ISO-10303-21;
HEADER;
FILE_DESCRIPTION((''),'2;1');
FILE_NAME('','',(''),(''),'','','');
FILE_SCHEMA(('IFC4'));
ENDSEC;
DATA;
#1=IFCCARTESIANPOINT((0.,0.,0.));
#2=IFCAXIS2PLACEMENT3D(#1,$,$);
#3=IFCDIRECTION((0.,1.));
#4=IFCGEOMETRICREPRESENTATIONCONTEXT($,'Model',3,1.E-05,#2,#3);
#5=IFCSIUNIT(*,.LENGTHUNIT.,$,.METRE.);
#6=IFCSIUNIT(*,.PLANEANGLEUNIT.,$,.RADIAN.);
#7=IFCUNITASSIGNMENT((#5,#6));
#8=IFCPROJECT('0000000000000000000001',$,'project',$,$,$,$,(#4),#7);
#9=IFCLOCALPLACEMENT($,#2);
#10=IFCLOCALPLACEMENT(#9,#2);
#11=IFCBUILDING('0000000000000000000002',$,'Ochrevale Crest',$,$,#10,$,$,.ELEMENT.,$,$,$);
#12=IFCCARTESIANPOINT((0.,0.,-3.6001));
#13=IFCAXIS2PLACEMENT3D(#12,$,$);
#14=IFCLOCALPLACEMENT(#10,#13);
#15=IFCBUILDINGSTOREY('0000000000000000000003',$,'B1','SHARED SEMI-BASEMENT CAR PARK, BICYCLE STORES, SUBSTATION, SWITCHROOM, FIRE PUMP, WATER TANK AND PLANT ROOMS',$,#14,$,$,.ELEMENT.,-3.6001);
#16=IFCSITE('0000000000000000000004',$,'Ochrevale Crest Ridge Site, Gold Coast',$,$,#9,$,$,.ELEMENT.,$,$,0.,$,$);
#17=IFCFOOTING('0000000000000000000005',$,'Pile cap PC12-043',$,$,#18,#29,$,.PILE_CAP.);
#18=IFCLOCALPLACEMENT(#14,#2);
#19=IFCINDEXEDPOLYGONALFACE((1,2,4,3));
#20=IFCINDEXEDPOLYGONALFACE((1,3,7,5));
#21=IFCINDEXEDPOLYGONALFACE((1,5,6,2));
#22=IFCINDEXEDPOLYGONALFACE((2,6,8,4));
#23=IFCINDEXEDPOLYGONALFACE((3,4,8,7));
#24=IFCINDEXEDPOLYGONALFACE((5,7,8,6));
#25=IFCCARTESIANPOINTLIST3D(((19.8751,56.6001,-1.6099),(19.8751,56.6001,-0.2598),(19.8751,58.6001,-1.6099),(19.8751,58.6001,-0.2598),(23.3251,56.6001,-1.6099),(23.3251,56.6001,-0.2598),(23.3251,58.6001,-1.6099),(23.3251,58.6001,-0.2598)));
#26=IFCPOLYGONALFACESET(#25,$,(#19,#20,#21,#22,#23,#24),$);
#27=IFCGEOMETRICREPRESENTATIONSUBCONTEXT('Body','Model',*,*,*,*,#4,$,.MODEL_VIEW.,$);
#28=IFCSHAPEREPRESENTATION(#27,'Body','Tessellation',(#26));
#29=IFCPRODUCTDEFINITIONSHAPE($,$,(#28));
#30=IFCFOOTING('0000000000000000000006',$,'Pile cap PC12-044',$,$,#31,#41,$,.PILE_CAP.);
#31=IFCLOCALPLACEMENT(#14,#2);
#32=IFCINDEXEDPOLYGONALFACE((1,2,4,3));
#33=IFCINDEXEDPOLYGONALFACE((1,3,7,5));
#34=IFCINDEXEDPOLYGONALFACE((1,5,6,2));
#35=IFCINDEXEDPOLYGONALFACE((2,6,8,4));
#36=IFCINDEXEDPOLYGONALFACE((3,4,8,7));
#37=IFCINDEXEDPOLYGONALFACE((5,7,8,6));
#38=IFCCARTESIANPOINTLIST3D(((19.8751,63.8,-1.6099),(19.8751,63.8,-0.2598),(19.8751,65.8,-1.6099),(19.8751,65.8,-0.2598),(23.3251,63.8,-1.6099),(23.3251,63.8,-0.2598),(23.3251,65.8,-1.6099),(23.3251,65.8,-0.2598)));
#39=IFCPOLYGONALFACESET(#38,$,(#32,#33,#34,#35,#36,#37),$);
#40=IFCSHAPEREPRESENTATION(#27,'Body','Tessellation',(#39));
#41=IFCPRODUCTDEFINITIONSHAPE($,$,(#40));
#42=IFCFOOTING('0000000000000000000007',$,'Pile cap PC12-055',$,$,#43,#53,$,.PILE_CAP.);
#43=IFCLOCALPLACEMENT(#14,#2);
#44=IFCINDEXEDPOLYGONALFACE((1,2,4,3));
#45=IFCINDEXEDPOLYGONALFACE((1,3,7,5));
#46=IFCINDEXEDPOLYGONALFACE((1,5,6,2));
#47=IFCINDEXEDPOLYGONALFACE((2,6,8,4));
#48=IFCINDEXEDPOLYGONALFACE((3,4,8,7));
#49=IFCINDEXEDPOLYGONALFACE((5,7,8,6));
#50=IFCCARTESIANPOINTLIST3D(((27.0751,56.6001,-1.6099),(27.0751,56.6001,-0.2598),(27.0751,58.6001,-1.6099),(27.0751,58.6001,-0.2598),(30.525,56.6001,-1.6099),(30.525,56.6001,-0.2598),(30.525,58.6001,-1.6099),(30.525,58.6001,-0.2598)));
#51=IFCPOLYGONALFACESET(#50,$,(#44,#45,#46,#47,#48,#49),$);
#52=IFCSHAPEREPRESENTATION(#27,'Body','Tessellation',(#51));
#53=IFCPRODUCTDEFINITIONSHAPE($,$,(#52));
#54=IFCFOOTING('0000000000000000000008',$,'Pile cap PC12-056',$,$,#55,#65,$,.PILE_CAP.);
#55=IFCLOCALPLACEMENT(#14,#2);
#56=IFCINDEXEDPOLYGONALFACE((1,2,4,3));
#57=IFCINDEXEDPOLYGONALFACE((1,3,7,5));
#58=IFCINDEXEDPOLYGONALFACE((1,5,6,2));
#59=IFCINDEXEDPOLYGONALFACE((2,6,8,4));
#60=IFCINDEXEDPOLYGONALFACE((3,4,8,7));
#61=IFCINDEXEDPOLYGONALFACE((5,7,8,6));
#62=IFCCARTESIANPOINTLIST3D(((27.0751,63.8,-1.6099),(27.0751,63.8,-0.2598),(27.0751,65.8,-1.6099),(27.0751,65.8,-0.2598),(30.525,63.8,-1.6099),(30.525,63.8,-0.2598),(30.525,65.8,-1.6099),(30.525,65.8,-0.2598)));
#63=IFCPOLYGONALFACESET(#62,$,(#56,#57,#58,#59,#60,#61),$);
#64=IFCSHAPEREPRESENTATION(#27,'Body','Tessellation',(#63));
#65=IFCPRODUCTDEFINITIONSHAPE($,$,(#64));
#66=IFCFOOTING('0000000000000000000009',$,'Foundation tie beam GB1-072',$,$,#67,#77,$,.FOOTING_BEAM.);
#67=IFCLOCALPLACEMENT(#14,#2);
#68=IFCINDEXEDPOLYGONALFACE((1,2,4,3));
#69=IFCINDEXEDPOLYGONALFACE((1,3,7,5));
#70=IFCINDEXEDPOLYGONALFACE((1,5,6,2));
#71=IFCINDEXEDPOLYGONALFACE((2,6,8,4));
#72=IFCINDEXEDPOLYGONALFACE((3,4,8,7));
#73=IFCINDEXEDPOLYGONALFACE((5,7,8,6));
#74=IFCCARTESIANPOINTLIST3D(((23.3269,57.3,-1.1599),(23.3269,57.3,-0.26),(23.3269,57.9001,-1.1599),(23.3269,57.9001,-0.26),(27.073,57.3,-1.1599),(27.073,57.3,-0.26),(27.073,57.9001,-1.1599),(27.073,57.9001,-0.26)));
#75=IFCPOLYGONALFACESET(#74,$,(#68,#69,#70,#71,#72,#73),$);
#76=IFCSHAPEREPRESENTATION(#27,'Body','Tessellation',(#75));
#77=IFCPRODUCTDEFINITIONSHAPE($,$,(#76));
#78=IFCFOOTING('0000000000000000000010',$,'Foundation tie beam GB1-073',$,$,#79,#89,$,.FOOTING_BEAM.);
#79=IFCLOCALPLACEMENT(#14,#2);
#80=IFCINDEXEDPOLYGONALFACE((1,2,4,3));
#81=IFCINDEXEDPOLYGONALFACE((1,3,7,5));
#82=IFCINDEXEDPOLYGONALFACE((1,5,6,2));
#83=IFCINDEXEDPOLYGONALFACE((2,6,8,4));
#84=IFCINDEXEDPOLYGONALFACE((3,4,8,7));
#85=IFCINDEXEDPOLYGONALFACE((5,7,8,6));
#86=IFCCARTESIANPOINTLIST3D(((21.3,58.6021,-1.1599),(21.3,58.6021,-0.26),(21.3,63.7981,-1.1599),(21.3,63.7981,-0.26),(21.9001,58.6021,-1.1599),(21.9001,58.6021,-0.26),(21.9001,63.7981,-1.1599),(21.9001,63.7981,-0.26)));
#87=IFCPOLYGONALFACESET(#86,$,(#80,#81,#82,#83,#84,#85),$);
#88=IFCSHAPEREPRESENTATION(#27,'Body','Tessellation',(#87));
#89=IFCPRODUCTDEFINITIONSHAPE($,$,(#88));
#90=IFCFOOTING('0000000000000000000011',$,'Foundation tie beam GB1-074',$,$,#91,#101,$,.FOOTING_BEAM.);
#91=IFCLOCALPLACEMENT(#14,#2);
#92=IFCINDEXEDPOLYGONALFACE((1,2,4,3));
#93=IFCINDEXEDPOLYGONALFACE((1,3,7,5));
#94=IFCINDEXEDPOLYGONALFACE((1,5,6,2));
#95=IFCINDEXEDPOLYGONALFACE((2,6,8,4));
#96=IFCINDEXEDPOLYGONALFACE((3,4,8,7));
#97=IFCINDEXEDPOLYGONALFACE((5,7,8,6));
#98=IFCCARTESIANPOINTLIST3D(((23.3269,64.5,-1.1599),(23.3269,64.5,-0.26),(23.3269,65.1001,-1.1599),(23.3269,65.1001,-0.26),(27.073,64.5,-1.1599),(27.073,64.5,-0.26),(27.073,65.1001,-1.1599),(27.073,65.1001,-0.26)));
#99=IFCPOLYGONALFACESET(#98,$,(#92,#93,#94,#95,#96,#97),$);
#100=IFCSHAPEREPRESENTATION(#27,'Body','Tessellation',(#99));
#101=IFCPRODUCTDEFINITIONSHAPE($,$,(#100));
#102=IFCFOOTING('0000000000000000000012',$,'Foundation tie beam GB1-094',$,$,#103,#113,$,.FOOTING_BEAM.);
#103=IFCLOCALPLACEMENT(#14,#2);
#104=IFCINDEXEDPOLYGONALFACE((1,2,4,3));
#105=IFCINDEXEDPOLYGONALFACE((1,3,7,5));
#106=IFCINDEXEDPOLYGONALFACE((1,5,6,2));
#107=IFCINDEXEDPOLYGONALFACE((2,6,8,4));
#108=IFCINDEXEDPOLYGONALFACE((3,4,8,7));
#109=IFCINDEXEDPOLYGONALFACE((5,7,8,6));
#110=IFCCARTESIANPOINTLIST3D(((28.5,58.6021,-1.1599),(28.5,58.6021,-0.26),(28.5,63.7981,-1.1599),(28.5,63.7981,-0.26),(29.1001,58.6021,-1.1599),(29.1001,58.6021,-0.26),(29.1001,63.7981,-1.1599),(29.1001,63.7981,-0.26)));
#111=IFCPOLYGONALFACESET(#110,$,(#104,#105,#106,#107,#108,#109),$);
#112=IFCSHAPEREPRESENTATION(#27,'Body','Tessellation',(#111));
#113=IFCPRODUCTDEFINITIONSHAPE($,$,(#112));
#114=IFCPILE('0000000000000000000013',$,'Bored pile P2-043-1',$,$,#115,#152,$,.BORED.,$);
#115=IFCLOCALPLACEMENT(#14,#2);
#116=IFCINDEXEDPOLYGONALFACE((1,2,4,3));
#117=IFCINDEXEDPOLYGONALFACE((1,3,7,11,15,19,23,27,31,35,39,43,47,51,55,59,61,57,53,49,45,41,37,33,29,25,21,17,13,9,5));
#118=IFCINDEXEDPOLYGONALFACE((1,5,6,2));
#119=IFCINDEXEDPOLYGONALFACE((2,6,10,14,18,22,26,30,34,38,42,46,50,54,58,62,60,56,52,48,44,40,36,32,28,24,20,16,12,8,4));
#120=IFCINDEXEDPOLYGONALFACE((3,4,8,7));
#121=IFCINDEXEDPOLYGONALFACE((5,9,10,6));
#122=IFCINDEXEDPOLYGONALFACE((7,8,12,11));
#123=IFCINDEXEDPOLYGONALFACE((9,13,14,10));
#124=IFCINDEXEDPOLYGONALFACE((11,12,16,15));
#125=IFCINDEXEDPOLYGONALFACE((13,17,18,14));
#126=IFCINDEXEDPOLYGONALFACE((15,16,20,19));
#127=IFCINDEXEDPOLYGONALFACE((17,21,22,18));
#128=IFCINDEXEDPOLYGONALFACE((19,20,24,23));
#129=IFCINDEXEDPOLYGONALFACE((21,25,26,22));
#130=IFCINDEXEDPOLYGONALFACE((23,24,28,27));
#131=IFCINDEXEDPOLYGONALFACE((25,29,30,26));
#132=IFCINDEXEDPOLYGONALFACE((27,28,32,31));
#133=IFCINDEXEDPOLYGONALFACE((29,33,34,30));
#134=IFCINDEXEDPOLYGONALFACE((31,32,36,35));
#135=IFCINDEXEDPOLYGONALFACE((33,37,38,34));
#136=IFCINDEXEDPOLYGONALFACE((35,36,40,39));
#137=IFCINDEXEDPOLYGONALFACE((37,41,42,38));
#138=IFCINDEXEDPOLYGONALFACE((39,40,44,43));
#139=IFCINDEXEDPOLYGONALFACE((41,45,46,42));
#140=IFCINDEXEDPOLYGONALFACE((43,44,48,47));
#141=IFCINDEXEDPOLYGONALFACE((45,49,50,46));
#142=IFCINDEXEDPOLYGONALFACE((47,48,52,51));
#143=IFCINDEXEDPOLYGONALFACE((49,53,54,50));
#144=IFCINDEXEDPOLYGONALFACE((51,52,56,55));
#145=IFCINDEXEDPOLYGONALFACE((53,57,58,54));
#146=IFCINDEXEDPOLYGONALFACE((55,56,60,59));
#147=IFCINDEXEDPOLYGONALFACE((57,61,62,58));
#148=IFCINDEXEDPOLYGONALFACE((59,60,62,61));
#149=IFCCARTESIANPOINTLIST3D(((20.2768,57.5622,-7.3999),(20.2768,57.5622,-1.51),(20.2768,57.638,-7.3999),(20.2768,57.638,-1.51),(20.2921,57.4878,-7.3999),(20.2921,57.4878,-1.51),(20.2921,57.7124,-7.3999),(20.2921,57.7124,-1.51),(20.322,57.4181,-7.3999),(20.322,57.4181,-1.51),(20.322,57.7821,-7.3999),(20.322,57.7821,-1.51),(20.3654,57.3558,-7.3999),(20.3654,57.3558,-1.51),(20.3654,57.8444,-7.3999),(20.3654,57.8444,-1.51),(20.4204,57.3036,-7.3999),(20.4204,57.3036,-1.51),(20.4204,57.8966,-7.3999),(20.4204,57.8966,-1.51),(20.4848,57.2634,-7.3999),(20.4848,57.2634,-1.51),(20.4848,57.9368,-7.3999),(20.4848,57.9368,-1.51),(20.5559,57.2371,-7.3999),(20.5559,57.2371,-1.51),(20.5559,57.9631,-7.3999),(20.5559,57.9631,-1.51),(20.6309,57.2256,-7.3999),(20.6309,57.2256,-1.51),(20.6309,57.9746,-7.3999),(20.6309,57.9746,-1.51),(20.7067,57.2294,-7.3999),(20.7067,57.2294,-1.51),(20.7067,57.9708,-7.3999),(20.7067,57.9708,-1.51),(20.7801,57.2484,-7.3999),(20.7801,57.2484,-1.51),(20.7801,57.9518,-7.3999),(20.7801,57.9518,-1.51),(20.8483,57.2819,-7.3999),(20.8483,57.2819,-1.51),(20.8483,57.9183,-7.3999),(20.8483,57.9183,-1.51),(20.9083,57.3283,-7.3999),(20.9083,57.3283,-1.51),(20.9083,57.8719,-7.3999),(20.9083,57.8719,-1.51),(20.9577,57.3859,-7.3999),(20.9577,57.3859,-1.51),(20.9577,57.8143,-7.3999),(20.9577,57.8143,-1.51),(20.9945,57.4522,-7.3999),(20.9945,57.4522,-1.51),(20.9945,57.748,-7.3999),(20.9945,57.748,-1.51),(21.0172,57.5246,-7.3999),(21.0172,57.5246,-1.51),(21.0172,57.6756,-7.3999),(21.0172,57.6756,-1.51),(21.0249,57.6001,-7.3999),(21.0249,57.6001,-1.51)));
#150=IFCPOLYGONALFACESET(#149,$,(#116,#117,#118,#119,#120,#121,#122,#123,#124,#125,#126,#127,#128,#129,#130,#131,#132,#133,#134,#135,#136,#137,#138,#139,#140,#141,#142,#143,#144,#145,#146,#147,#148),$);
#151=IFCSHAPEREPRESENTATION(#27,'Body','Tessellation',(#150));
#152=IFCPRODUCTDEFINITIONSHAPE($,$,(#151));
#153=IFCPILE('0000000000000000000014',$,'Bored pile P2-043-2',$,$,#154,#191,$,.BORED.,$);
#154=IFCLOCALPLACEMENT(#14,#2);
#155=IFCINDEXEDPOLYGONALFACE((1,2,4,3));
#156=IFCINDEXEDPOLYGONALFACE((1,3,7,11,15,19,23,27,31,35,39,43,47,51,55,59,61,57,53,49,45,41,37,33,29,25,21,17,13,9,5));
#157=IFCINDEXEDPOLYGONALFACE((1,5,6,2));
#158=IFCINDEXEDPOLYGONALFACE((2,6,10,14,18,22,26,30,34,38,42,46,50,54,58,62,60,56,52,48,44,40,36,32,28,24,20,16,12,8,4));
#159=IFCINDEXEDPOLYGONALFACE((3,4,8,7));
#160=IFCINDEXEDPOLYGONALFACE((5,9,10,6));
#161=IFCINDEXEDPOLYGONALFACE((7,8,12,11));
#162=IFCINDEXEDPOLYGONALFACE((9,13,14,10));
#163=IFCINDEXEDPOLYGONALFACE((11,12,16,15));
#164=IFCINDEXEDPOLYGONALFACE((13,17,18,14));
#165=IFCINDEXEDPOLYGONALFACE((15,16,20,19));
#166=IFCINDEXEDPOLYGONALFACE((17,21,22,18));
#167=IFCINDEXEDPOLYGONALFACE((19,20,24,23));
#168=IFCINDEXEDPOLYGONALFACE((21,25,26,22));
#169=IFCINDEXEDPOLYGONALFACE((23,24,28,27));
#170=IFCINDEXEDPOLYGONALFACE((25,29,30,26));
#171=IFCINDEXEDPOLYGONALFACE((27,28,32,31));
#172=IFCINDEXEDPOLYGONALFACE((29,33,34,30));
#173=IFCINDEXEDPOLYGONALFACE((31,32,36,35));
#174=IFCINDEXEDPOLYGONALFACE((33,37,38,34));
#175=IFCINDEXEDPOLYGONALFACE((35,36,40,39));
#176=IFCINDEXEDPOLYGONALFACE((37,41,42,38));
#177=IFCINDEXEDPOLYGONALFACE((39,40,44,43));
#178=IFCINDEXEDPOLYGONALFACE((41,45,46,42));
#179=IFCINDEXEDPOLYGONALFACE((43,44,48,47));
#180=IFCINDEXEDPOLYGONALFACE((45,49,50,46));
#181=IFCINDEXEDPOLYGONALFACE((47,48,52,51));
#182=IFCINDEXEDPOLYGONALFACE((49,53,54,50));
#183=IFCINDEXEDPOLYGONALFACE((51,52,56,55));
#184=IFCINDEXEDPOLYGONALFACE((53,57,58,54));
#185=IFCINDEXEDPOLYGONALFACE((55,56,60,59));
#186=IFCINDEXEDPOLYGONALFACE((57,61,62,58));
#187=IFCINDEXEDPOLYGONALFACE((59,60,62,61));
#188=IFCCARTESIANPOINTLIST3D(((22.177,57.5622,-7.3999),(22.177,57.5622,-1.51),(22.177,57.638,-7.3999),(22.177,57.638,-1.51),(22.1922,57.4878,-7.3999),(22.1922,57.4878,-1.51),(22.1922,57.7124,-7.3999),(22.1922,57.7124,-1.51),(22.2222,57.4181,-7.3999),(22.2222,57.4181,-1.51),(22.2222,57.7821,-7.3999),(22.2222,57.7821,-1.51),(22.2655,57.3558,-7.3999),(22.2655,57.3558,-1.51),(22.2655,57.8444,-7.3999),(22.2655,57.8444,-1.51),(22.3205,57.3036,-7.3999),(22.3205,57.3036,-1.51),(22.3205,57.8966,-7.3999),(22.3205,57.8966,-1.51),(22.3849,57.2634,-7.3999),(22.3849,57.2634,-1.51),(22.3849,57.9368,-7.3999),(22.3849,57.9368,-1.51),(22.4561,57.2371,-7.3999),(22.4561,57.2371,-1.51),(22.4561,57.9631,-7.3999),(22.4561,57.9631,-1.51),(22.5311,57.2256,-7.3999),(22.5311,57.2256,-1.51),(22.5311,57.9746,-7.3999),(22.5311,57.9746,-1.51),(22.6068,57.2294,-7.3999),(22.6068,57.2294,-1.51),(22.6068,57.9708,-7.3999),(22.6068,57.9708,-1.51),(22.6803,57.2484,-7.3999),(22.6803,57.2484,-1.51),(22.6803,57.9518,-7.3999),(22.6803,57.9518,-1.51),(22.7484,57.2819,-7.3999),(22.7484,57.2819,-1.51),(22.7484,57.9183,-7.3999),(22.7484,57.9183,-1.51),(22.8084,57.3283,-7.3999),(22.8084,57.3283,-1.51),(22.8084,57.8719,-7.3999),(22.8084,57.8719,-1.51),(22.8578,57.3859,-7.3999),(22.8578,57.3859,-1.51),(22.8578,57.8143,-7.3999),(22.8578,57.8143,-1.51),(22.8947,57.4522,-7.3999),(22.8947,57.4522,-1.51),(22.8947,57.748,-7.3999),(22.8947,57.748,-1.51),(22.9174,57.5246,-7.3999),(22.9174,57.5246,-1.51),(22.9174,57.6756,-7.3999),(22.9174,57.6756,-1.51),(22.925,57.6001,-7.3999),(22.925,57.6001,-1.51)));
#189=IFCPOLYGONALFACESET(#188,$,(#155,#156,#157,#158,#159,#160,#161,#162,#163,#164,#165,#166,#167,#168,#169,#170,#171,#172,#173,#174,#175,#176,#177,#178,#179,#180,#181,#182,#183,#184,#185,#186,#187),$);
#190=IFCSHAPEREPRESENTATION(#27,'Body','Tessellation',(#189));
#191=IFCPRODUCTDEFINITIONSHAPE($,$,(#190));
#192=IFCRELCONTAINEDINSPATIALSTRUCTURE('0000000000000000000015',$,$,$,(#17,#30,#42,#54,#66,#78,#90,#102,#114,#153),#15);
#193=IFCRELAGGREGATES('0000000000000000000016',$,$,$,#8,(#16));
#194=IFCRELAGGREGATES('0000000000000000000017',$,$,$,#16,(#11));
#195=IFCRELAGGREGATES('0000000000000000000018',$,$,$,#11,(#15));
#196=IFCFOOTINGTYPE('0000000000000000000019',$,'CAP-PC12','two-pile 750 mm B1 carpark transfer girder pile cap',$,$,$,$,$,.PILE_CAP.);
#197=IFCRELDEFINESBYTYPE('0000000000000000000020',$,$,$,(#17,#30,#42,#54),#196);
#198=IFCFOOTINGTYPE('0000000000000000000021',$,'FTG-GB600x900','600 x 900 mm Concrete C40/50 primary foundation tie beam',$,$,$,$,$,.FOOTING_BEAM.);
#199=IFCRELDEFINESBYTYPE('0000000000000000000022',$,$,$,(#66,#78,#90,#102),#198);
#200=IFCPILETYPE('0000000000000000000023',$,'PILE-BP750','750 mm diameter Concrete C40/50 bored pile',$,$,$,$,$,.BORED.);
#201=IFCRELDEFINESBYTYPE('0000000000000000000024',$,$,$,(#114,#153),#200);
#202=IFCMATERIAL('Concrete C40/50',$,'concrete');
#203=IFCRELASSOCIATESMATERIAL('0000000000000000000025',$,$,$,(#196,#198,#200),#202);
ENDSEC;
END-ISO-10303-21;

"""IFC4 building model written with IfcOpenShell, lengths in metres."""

from ifc_helpers import new_model, si_unit, direction, frame, origin, origin_2d, place, context, subcontext, project, spatial, rectangle, circle, extrude, material, material_profile, profile_set, type_object, element, save


model = new_model("IFC4")

# Units and contexts
model_context = context("Model", 3, precision=1e-05, world=origin(), true_north=direction((0.0, 1.0)))
body_context = subcontext(model_context, "Body", "Model", "MODEL_VIEW")
ifc_project = project(units=[si_unit("LENGTHUNIT", "METRE"), si_unit("PLANEANGLEUNIT", "RADIAN")], contexts=[model_context])

# Site, building, storey
site_placement = place(None, origin())
site = spatial("IfcSite", under=ifc_project, at=site_placement, Name="Ochrevale Crest Ridge Site, Gold Coast", CompositionType="ELEMENT", RefElevation=0.0)
building_placement = place(site_placement, origin())
building = spatial("IfcBuilding", under=site, at=building_placement, Name="Ochrevale Crest", CompositionType="ELEMENT")
storey_placement = place(building_placement, frame((0.0, 0.0, -3.6001)))
storey = spatial("IfcBuildingStorey", under=building, at=storey_placement, Name="B1", Description="SHARED SEMI-BASEMENT CAR PARK, BICYCLE STORES, SUBSTATION, SWITCHROOM, FIRE PUMP, WATER TANK AND PLANT ROOMS", CompositionType="ELEMENT", Elevation=-3.6001)

# Footings
ifc_material_1 = material(Name="Concrete C40/50", Category="concrete")
footing_type_1 = type_object("IfcFootingType", Name="CAP-PC12", Description="two-pile 750 mm B1 carpark transfer girder pile cap", PredefinedType="PILE_CAP", material=ifc_material_1)
for number, where, z_axis, x_axis, name in (
    (1, (21.6001, 57.6001, -1.6099), (0.0, 0.0, 1.0), (1.0, 0.0, 0.0), "Pile cap PC12-043"),
    (2, (21.6001, 64.8, -1.6099), (0.0, 0.0, 1.0), (1.0, 0.0, 0.0), "Pile cap PC12-044"),
    (3, (28.8, 57.6001, -1.6099), (0.0, 0.0, 1.0), (1.0, 0.0, 0.0), "Pile cap PC12-055"),
    (4, (28.8, 64.8, -1.6099), (0.0, 0.0, 1.0), (1.0, 0.0, 0.0), "Pile cap PC12-056"),
):
    element("IfcFooting", number, at=place(storey_placement, frame(where, z_axis=z_axis, x_axis=x_axis)), inside=storey, type_object=footing_type_1, Name=name, PredefinedType="PILE_CAP", context=body_context, shape_type="SweptSolid", body=[
        extrude(rectangle(XDim=3.45, YDim=2.0, at=origin_2d()), origin(), (0.0, 0.0, 1.0), 1.3501),
    ])
ifc_material_profile_1 = material_profile(ifc_material_1, rectangle(XDim=0.6001, YDim=0.8999, at=origin_2d()), Name="GB 600x900")
ifc_profile_set_1 = profile_set([ifc_material_profile_1], Name="Concrete C40/50")
footing_type_2 = type_object("IfcFootingType", Name="FTG-GB600x900", Description="600 x 900 mm Concrete C40/50 primary foundation tie beam", PredefinedType="FOOTING_BEAM", material=ifc_profile_set_1)
footing_1_placement = place(storey_placement, frame((23.3269, 57.6001, -0.71), z_axis=(1.0, 0.0, 0.0), x_axis=(0.0, 1.0, 0.0)))
element("IfcFooting", 5, at=footing_1_placement, inside=storey, type_object=footing_type_2, Name="Foundation tie beam GB1-072", PredefinedType="FOOTING_BEAM", context=body_context, shape_type="SweptSolid", body=[
    extrude(rectangle(XDim=0.6001, YDim=0.8999, at=origin_2d()), origin(), (0.0, 0.0, 1.0), 3.7461),
])
footing_2_placement = place(storey_placement, frame((21.6001, 58.6021, -0.71), z_axis=(0.0, 1.0, 0.0), x_axis=(-1.0, 0.0, 0.0)))
element("IfcFooting", 6, at=footing_2_placement, inside=storey, type_object=footing_type_2, Name="Foundation tie beam GB1-073", PredefinedType="FOOTING_BEAM", context=body_context, shape_type="SweptSolid", body=[
    extrude(rectangle(XDim=0.6001, YDim=0.8999, at=origin_2d()), origin(), (0.0, 0.0, 1.0), 5.196),
])
footing_3_placement = place(storey_placement, frame((23.3269, 64.8, -0.71), z_axis=(1.0, 0.0, 0.0), x_axis=(0.0, 1.0, 0.0)))
element("IfcFooting", 7, at=footing_3_placement, inside=storey, type_object=footing_type_2, Name="Foundation tie beam GB1-074", PredefinedType="FOOTING_BEAM", context=body_context, shape_type="SweptSolid", body=[
    extrude(rectangle(XDim=0.6001, YDim=0.8999, at=origin_2d()), origin(), (0.0, 0.0, 1.0), 3.7461),
])
footing_4_placement = place(storey_placement, frame((28.8, 58.6021, -0.71), z_axis=(0.0, 1.0, 0.0), x_axis=(-1.0, 0.0, 0.0)))
element("IfcFooting", 8, at=footing_4_placement, inside=storey, type_object=footing_type_2, Name="Foundation tie beam GB1-094", PredefinedType="FOOTING_BEAM", context=body_context, shape_type="SweptSolid", body=[
    extrude(rectangle(XDim=0.6001, YDim=0.8999, at=origin_2d()), origin(), (0.0, 0.0, 1.0), 5.196),
])

# Piles
ifc_material_profile_2 = material_profile(ifc_material_1, circle(Radius=0.375, at=origin_2d()), Name="BORED PILE 750")
ifc_profile_set_2 = profile_set([ifc_material_profile_2], Name="Concrete C40/50")
pile_type = type_object("IfcPileType", Name="PILE-BP750", Description="750 mm diameter Concrete C40/50 bored pile", PredefinedType="BORED", material=ifc_profile_set_2)
for number, where, z_axis, x_axis, name in (
    (9, (20.6499, 57.6001, -1.51), (0.0, 0.0, -1.0), (1.0, 0.0, 0.0), "Bored pile P2-043-1"),
    (10, (22.55, 57.6001, -1.51), (0.0, 0.0, -1.0), (1.0, 0.0, 0.0), "Bored pile P2-043-2"),
):
    element("IfcPile", number, at=place(storey_placement, frame(where, z_axis=z_axis, x_axis=x_axis)), inside=storey, type_object=pile_type, Name=name, PredefinedType="BORED", context=body_context, shape_type="SweptSolid", body=[
        extrude(circle(Radius=0.375, at=origin_2d()), origin(), (0.0, 0.0, 1.0), 5.8899),
    ])

save(model, "model.ifc")
